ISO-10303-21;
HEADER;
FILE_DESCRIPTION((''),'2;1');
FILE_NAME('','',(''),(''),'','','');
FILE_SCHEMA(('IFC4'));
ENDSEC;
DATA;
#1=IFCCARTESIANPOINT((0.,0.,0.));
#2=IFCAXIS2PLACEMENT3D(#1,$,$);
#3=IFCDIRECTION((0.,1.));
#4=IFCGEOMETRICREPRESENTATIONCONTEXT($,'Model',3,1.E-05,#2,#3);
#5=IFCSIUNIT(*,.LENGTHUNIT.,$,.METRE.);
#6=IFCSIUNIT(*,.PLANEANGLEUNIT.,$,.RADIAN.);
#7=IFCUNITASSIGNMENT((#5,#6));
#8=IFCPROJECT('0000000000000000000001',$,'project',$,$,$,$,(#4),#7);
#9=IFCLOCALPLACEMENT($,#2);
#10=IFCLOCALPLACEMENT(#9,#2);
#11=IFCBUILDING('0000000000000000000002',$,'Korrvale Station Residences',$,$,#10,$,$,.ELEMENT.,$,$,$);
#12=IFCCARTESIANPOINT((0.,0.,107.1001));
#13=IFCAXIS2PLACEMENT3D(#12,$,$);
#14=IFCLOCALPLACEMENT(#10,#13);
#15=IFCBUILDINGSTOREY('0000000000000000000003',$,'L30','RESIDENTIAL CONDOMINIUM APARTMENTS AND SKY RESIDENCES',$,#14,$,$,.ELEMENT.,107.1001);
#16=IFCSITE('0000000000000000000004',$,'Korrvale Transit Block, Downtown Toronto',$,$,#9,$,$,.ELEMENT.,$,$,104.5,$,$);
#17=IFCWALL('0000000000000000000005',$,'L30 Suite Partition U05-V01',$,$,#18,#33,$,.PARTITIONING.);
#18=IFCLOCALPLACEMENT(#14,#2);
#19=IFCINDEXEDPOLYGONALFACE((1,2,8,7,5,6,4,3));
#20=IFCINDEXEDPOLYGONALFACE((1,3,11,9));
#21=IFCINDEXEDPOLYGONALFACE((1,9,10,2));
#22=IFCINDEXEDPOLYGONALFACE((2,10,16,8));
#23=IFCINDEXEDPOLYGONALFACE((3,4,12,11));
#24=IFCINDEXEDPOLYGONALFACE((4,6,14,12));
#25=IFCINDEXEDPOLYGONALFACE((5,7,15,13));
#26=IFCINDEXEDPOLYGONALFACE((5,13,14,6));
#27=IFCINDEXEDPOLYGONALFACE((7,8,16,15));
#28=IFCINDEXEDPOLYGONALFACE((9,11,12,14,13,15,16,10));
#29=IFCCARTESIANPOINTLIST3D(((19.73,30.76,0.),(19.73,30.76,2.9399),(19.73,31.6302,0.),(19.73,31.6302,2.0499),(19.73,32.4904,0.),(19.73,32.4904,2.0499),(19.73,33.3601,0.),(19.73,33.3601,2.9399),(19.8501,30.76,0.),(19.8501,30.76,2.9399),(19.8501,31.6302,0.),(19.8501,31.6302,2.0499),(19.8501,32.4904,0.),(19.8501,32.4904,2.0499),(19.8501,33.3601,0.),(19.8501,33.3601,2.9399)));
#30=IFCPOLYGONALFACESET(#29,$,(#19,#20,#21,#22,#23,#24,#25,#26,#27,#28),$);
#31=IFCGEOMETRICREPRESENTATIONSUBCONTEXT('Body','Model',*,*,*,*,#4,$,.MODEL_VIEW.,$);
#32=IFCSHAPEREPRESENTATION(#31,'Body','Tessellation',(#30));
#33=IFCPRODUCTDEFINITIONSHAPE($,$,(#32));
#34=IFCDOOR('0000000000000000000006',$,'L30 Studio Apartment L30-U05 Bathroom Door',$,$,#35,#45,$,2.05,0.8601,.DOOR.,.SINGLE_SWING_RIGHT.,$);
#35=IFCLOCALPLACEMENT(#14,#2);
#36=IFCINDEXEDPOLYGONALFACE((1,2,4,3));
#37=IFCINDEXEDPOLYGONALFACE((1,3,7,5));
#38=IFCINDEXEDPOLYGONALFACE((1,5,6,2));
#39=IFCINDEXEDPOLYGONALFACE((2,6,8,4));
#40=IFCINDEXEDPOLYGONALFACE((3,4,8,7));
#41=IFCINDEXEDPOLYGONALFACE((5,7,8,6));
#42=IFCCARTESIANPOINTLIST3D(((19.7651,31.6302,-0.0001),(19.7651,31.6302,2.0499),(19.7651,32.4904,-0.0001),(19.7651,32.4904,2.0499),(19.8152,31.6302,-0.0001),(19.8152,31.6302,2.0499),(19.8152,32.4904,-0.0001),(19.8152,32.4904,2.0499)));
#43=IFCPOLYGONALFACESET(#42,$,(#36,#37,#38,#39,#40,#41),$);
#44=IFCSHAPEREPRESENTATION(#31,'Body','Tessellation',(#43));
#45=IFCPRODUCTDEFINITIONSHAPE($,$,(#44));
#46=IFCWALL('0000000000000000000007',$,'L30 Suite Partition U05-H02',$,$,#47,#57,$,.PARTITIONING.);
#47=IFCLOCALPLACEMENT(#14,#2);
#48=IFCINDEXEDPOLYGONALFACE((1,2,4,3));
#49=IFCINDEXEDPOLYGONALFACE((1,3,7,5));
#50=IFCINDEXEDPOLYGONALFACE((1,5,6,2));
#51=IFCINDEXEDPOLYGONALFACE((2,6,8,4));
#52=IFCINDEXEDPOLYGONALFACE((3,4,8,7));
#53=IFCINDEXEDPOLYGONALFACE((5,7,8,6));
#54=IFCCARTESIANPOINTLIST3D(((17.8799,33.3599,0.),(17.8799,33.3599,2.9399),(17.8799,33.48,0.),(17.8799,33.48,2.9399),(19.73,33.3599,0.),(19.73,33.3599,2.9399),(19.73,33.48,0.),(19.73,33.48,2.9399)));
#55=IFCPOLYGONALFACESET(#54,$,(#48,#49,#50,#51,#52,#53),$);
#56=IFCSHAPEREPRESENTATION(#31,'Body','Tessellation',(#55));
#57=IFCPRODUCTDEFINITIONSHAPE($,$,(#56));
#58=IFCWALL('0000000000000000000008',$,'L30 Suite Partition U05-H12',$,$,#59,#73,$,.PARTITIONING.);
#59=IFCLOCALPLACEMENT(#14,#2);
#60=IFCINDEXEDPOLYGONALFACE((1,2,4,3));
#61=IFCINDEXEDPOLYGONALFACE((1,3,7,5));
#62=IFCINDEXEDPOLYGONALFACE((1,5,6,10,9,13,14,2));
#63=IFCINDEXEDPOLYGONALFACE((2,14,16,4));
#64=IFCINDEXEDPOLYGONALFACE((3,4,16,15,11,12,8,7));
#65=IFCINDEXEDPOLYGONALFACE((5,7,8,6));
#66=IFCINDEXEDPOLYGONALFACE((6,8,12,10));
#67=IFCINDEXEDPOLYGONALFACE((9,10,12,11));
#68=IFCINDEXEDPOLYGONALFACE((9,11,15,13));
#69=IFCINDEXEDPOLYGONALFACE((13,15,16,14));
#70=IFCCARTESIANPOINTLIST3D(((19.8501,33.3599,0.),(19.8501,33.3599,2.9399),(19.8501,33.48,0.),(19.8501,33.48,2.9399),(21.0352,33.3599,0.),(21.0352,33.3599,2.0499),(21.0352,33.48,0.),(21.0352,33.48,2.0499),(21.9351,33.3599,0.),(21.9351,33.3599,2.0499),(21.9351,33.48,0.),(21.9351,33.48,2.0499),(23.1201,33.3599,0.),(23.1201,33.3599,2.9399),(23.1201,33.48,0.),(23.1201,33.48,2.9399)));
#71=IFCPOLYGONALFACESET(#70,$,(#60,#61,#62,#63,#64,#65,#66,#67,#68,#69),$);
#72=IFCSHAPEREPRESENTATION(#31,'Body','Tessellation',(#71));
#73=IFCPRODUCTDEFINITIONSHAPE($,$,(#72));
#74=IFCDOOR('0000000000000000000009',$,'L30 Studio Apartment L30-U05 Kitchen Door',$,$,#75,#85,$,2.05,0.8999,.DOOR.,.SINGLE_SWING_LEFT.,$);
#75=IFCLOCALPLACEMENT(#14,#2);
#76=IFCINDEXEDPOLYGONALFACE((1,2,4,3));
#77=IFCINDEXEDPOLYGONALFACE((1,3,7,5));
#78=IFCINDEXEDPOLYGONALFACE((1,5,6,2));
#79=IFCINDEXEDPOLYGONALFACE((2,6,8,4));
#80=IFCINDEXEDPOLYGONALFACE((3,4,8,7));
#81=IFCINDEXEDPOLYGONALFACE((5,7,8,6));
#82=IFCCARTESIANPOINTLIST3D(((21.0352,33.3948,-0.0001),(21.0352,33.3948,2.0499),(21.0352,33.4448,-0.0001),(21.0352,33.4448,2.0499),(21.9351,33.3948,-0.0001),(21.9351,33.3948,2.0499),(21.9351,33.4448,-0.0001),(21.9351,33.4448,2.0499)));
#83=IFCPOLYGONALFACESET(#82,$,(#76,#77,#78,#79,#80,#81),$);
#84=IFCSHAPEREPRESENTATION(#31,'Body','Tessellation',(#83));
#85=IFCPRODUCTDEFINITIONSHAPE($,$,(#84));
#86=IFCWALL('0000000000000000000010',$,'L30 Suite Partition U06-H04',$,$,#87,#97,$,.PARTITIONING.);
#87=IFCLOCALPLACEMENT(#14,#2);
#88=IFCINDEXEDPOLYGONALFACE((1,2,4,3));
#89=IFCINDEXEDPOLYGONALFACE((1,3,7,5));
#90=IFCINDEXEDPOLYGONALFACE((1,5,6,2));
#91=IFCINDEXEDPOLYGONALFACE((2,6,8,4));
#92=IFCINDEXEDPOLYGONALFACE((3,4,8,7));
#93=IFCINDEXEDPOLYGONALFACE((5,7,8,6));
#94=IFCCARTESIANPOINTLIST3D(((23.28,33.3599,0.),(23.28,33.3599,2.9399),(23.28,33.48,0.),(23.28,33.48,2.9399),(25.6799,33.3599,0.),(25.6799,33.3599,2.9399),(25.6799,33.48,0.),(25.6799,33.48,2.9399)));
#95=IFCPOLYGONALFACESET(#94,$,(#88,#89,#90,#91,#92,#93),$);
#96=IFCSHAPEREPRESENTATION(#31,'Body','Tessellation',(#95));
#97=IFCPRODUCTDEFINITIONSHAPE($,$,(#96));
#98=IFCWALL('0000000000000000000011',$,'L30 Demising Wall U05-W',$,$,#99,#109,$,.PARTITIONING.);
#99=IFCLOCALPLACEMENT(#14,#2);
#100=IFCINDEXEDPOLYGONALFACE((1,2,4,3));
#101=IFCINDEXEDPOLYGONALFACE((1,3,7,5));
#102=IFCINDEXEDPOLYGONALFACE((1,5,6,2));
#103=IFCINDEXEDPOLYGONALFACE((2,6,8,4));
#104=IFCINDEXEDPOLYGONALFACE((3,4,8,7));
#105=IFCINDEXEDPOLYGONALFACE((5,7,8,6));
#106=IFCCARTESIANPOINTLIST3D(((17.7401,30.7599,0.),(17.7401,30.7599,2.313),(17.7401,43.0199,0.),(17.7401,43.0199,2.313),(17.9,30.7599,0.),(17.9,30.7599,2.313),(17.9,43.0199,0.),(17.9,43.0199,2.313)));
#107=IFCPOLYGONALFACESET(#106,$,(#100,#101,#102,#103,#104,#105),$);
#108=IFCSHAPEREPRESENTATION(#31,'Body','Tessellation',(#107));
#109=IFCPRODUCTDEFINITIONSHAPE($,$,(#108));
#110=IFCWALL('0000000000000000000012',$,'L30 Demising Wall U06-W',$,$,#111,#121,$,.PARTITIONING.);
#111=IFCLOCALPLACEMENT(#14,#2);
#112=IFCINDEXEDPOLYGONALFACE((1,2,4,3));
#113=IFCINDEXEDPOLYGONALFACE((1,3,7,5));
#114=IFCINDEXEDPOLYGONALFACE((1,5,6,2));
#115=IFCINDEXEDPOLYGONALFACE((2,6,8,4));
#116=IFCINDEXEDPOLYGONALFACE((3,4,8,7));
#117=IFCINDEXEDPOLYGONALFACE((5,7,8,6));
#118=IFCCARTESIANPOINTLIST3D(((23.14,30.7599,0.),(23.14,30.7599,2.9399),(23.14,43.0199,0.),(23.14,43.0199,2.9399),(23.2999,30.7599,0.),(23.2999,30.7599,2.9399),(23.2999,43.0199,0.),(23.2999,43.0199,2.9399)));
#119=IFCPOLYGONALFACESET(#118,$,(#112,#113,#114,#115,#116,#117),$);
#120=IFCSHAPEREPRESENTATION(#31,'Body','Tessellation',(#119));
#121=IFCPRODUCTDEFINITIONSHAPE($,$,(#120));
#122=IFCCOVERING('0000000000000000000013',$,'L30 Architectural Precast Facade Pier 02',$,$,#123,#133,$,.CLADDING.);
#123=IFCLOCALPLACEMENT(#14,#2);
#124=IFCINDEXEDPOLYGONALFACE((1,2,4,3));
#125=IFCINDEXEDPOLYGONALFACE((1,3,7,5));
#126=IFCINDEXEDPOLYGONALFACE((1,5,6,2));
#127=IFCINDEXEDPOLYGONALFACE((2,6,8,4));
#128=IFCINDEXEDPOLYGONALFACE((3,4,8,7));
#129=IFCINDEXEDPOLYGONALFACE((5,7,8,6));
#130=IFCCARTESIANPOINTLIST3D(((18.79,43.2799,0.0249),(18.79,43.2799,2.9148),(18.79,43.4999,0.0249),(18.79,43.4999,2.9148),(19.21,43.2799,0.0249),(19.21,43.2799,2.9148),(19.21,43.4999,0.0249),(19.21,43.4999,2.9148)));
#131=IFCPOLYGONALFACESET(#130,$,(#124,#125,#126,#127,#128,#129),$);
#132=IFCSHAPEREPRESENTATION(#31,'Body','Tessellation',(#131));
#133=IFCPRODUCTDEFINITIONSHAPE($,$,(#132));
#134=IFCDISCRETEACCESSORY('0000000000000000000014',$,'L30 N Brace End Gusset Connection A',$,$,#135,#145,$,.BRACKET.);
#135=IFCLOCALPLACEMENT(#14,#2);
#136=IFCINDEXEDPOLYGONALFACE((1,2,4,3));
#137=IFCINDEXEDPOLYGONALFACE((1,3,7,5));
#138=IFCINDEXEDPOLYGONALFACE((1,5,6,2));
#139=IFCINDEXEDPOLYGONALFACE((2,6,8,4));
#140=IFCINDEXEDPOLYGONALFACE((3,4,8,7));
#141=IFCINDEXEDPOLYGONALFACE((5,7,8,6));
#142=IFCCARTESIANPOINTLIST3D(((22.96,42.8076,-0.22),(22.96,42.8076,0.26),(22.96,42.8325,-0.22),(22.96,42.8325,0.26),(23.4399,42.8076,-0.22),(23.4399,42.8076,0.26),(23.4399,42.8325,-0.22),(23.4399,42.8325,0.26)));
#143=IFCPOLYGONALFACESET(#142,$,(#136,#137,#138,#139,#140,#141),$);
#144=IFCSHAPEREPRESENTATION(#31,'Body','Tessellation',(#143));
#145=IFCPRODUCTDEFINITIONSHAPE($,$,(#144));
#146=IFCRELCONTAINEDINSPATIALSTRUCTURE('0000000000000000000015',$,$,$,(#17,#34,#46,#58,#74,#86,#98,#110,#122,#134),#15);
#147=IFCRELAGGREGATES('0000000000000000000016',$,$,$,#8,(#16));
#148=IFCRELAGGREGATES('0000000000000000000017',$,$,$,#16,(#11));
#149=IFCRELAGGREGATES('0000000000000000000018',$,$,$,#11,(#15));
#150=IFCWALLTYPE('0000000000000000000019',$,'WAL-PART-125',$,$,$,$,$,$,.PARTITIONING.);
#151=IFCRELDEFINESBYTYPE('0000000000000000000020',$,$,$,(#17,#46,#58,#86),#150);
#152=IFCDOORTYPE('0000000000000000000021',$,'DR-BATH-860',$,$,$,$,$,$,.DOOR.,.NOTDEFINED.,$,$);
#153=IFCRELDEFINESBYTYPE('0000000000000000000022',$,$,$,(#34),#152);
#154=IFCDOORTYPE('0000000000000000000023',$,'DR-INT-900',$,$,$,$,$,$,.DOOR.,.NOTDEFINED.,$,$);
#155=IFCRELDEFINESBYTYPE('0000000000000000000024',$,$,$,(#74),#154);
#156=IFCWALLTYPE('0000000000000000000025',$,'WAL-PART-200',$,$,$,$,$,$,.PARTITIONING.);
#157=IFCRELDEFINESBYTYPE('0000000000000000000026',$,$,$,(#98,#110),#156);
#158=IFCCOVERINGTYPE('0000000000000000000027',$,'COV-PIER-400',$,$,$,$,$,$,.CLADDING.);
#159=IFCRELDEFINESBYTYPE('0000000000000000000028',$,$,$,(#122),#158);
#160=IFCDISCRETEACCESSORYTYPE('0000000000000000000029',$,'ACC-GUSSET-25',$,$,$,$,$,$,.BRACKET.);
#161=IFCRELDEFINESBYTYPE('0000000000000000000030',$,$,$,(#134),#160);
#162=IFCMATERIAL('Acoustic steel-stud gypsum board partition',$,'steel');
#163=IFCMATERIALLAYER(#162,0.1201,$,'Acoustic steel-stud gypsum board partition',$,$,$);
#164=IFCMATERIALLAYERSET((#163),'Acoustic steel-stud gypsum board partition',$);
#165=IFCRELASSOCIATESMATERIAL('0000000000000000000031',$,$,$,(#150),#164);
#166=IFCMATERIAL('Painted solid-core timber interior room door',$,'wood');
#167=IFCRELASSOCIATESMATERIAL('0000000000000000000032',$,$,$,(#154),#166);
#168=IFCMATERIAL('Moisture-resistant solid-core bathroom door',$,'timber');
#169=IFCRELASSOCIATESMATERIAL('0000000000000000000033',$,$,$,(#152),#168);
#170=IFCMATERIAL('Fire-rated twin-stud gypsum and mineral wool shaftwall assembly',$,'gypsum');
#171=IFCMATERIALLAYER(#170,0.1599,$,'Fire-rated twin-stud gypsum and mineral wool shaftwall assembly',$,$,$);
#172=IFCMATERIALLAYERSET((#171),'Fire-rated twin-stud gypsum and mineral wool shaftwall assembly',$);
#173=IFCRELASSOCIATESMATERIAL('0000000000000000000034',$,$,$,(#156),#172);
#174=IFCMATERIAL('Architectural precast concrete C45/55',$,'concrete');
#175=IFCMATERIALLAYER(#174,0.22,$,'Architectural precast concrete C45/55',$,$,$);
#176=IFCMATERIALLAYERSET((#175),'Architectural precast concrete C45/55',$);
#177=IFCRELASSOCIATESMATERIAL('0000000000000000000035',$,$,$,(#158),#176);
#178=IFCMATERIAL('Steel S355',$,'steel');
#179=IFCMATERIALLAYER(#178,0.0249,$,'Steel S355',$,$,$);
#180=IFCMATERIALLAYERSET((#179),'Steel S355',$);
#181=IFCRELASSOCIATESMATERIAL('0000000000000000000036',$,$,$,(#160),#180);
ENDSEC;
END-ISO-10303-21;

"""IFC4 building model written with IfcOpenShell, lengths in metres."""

from ifc_helpers import new_model, si_unit, direction, frame, frame_2d, origin, origin_2d, place, context, subcontext, project, spatial, rectangle, extrude, material, layer, layer_set, type_object, element, fill, save


model = new_model("IFC4")

# Units and contexts
model_context = context("Model", 3, precision=1e-05, world=origin(), true_north=direction((0.0, 1.0)))
body_context = subcontext(model_context, "Body", "Model", "MODEL_VIEW")
ifc_project = project(units=[si_unit("LENGTHUNIT", "METRE"), si_unit("PLANEANGLEUNIT", "RADIAN")], contexts=[model_context])

# Site, building, storey
site_placement = place(None, origin())
site = spatial("IfcSite", under=ifc_project, at=site_placement, Name="Korrvale Transit Block, Downtown Toronto", CompositionType="ELEMENT", RefElevation=104.5)
building_placement = place(site_placement, origin())
building = spatial("IfcBuilding", under=site, at=building_placement, Name="Korrvale Station Residences", CompositionType="ELEMENT")
storey_placement = place(building_placement, frame((0.0, 0.0, 107.1001)))
storey = spatial("IfcBuildingStorey", under=building, at=storey_placement, Name="L30", Description="RESIDENTIAL CONDOMINIUM APARTMENTS AND SKY RESIDENCES", CompositionType="ELEMENT", Elevation=107.1001)

# Shared definitions
ifc_material_1 = material(Name="Steel S355", Category="steel")

# Wall, opening, door
ifc_material_2 = material(Name="Acoustic steel-stud gypsum board partition", Category="steel")
ifc_layer_1 = layer(ifc_material_2, 0.1201, Name="Acoustic steel-stud gypsum board partition")
ifc_layer_set_1 = layer_set([ifc_layer_1], Name="Acoustic steel-stud gypsum board partition")
wall_type_1 = type_object("IfcWallType", Name="WAL-PART-125", PredefinedType="PARTITIONING", material=ifc_layer_set_1)
ifc_material_3 = material(Name="Painted solid-core timber interior room door", Category="wood")
door_type_1 = type_object("IfcDoorType", Name="DR-INT-900", OperationType="NOTDEFINED", PredefinedType="DOOR", material=ifc_material_3)
wall_1_placement = place(storey_placement, frame((19.79, 30.76, 0.0), z_axis=(0.0, 0.0, 1.0), x_axis=(0.0, 1.0, 0.0)))
wall_1 = element("IfcWall", 1, at=wall_1_placement, inside=storey, type_object=wall_type_1, Name="L30 Suite Partition U05-V01", PredefinedType="PARTITIONING", context=body_context, shape_type="SweptSolid", body=[
    extrude(rectangle(XDim=2.6001, YDim=0.1201, at=frame_2d((1.3, 0.0))), origin(), (0.0, 0.0, 1.0), 2.9399),
])
opening_1_placement = place(wall_1_placement, frame((0.8701, 0.0, 0.0)))
opening_1 = element("IfcOpeningElement", 2, at=opening_1_placement, cuts=wall_1, PredefinedType="OPENING", context=body_context, shape_type="SweptSolid", body=[
    extrude(rectangle(XDim=0.8601, YDim=2.05, at=frame_2d((0.4302, 1.0249))), frame((0.0, 0.0701, 0.0), z_axis=(0.0, -1.0, 0.0), x_axis=(1.0, 0.0, 0.0)), (0.0, 0.0, 1.0), 0.1401),
])
ifc_material_4 = material(Name="Moisture-resistant solid-core bathroom door", Category="timber")
door_type_2 = type_object("IfcDoorType", Name="DR-BATH-860", OperationType="NOTDEFINED", PredefinedType="DOOR", material=ifc_material_4)
door_1_placement = place(opening_1_placement, origin())
door_1 = element("IfcDoor", 3, at=door_1_placement, inside=storey, type_object=door_type_2, Name="L30 Studio Apartment L30-U05 Bathroom Door", OperationType="SINGLE_SWING_RIGHT", OverallHeight=2.05, OverallWidth=0.8601, PredefinedType="DOOR", context=body_context, shape_type="SweptSolid", body=[
    extrude(rectangle(XDim=0.8601, YDim=2.05, at=frame_2d((0.4302, 1.0249))), frame((0.0, 0.0249, 0.0), z_axis=(0.0, -1.0, 0.0), x_axis=(1.0, 0.0, 0.0)), (0.0, 0.0, 1.0), 0.05),
])
fill(opening_1, door_1)

# Wall
wall_2_placement = place(storey_placement, frame((17.8799, 33.4199, 0.0), z_axis=(0.0, 0.0, 1.0), x_axis=(1.0, 0.0, 0.0)))
element("IfcWall", 4, at=wall_2_placement, inside=storey, type_object=wall_type_1, Name="L30 Suite Partition U05-H02", PredefinedType="PARTITIONING", context=body_context, shape_type="SweptSolid", body=[
    extrude(rectangle(XDim=1.8501, YDim=0.1201, at=frame_2d((0.925, 0.0))), origin(), (0.0, 0.0, 1.0), 2.9399),
])

# Wall, opening, door
wall_3_placement = place(storey_placement, frame((19.8501, 33.4199, 0.0), z_axis=(0.0, 0.0, 1.0), x_axis=(1.0, 0.0, 0.0)))
wall_3 = element("IfcWall", 5, at=wall_3_placement, inside=storey, type_object=wall_type_1, Name="L30 Suite Partition U05-H12", PredefinedType="PARTITIONING", context=body_context, shape_type="SweptSolid", body=[
    extrude(rectangle(XDim=3.27, YDim=0.1201, at=frame_2d((1.635, 0.0))), origin(), (0.0, 0.0, 1.0), 2.9399),
])
opening_2_placement = place(wall_3_placement, frame((1.1851, 0.0, 0.0)))
opening_2 = element("IfcOpeningElement", 6, at=opening_2_placement, cuts=wall_3, PredefinedType="OPENING", context=body_context, shape_type="SweptSolid", body=[
    extrude(rectangle(XDim=0.8999, YDim=2.05, at=frame_2d((0.45, 1.0249))), frame((0.0, 0.0701, 0.0), z_axis=(0.0, -1.0, 0.0), x_axis=(1.0, 0.0, 0.0)), (0.0, 0.0, 1.0), 0.1401),
])
door_2_placement = place(opening_2_placement, origin())
door_2 = element("IfcDoor", 7, at=door_2_placement, inside=storey, type_object=door_type_1, Name="L30 Studio Apartment L30-U05 Kitchen Door", OperationType="SINGLE_SWING_LEFT", OverallHeight=2.05, OverallWidth=0.8999, PredefinedType="DOOR", context=body_context, shape_type="SweptSolid", body=[
    extrude(rectangle(XDim=0.8999, YDim=2.05, at=frame_2d((0.45, 1.0249))), frame((0.0, 0.0249, 0.0), z_axis=(0.0, -1.0, 0.0), x_axis=(1.0, 0.0, 0.0)), (0.0, 0.0, 1.0), 0.05),
])
fill(opening_2, door_2)

# Walls
wall_4_placement = place(storey_placement, frame((23.28, 33.4199, 0.0), z_axis=(0.0, 0.0, 1.0), x_axis=(1.0, 0.0, 0.0)))
element("IfcWall", 8, at=wall_4_placement, inside=storey, type_object=wall_type_1, Name="L30 Suite Partition U06-H04", PredefinedType="PARTITIONING", context=body_context, shape_type="SweptSolid", body=[
    extrude(rectangle(XDim=2.3999, YDim=0.1201, at=frame_2d((1.2, 0.0))), origin(), (0.0, 0.0, 1.0), 2.9399),
])
ifc_material_5 = material(Name="Fire-rated twin-stud gypsum and mineral wool shaftwall assembly", Category="gypsum")
ifc_layer_2 = layer(ifc_material_5, 0.1599, Name="Fire-rated twin-stud gypsum and mineral wool shaftwall assembly")
ifc_layer_set_2 = layer_set([ifc_layer_2], Name="Fire-rated twin-stud gypsum and mineral wool shaftwall assembly")
wall_type_2 = type_object("IfcWallType", Name="WAL-PART-200", PredefinedType="PARTITIONING", material=ifc_layer_set_2)
wall_5_placement = place(storey_placement, frame((17.8201, 30.76, 0.0), z_axis=(0.0, 0.0, 1.0), x_axis=(0.0, 1.0, 0.0)))
element("IfcWall", 9, at=wall_5_placement, inside=storey, type_object=wall_type_2, Name="L30 Demising Wall U05-W", PredefinedType="PARTITIONING", context=body_context, shape_type="SweptSolid", body=[
    extrude(rectangle(XDim=12.26, YDim=0.1599, at=frame_2d((6.1299, 0.0))), origin(), (0.0, 0.0, 1.0), 2.313),
])
wall_6_placement = place(storey_placement, frame((23.22, 30.76, 0.0), z_axis=(0.0, 0.0, 1.0), x_axis=(0.0, 1.0, 0.0)))
element("IfcWall", 10, at=wall_6_placement, inside=storey, type_object=wall_type_2, Name="L30 Demising Wall U06-W", PredefinedType="PARTITIONING", context=body_context, shape_type="SweptSolid", body=[
    extrude(rectangle(XDim=12.26, YDim=0.1599, at=frame_2d((6.1299, 0.0))), origin(), (0.0, 0.0, 1.0), 2.9399),
])

# Covering
ifc_material_6 = material(Name="Architectural precast concrete C45/55", Category="concrete")
ifc_layer_3 = layer(ifc_material_6, 0.22, Name="Architectural precast concrete C45/55")
ifc_layer_set_3 = layer_set([ifc_layer_3], Name="Architectural precast concrete C45/55")
covering_type = type_object("IfcCoveringType", Name="COV-PIER-400", PredefinedType="CLADDING", material=ifc_layer_set_3)
covering_placement = place(storey_placement, frame((19.0, 43.3899, 0.0249), z_axis=(0.0, 0.0, 1.0), x_axis=(1.0, 0.0, 0.0)))
element("IfcCovering", 11, at=covering_placement, inside=storey, type_object=covering_type, Name="L30 Architectural Precast Facade Pier 02", PredefinedType="CLADDING", context=body_context, shape_type="SweptSolid", body=[
    extrude(rectangle(XDim=0.4199, YDim=0.22, at=origin_2d()), origin(), (0.0, 0.0, 1.0), 2.8899),
])

# Discrete accessory
ifc_layer_4 = layer(ifc_material_1, 0.0249, Name="Steel S355")
ifc_layer_set_4 = layer_set([ifc_layer_4], Name="Steel S355")
discrete_accessory_type = type_object("IfcDiscreteAccessoryType", Name="ACC-GUSSET-25", PredefinedType="BRACKET", material=ifc_layer_set_4)
discrete_accessory_placement = place(storey_placement, frame((23.2, 42.8201, -0.22), z_axis=(0.0, 0.0, 1.0), x_axis=(1.0, 0.0, 0.0)))
element("IfcDiscreteAccessory", 12, at=discrete_accessory_placement, inside=storey, type_object=discrete_accessory_type, Name="L30 N Brace End Gusset Connection A", PredefinedType="BRACKET", context=body_context, shape_type="SweptSolid", body=[
    extrude(rectangle(XDim=0.48, YDim=0.0249, at=origin_2d()), origin(), (0.0, 0.0, 1.0), 0.48),
])

save(model, "model.ifc")
